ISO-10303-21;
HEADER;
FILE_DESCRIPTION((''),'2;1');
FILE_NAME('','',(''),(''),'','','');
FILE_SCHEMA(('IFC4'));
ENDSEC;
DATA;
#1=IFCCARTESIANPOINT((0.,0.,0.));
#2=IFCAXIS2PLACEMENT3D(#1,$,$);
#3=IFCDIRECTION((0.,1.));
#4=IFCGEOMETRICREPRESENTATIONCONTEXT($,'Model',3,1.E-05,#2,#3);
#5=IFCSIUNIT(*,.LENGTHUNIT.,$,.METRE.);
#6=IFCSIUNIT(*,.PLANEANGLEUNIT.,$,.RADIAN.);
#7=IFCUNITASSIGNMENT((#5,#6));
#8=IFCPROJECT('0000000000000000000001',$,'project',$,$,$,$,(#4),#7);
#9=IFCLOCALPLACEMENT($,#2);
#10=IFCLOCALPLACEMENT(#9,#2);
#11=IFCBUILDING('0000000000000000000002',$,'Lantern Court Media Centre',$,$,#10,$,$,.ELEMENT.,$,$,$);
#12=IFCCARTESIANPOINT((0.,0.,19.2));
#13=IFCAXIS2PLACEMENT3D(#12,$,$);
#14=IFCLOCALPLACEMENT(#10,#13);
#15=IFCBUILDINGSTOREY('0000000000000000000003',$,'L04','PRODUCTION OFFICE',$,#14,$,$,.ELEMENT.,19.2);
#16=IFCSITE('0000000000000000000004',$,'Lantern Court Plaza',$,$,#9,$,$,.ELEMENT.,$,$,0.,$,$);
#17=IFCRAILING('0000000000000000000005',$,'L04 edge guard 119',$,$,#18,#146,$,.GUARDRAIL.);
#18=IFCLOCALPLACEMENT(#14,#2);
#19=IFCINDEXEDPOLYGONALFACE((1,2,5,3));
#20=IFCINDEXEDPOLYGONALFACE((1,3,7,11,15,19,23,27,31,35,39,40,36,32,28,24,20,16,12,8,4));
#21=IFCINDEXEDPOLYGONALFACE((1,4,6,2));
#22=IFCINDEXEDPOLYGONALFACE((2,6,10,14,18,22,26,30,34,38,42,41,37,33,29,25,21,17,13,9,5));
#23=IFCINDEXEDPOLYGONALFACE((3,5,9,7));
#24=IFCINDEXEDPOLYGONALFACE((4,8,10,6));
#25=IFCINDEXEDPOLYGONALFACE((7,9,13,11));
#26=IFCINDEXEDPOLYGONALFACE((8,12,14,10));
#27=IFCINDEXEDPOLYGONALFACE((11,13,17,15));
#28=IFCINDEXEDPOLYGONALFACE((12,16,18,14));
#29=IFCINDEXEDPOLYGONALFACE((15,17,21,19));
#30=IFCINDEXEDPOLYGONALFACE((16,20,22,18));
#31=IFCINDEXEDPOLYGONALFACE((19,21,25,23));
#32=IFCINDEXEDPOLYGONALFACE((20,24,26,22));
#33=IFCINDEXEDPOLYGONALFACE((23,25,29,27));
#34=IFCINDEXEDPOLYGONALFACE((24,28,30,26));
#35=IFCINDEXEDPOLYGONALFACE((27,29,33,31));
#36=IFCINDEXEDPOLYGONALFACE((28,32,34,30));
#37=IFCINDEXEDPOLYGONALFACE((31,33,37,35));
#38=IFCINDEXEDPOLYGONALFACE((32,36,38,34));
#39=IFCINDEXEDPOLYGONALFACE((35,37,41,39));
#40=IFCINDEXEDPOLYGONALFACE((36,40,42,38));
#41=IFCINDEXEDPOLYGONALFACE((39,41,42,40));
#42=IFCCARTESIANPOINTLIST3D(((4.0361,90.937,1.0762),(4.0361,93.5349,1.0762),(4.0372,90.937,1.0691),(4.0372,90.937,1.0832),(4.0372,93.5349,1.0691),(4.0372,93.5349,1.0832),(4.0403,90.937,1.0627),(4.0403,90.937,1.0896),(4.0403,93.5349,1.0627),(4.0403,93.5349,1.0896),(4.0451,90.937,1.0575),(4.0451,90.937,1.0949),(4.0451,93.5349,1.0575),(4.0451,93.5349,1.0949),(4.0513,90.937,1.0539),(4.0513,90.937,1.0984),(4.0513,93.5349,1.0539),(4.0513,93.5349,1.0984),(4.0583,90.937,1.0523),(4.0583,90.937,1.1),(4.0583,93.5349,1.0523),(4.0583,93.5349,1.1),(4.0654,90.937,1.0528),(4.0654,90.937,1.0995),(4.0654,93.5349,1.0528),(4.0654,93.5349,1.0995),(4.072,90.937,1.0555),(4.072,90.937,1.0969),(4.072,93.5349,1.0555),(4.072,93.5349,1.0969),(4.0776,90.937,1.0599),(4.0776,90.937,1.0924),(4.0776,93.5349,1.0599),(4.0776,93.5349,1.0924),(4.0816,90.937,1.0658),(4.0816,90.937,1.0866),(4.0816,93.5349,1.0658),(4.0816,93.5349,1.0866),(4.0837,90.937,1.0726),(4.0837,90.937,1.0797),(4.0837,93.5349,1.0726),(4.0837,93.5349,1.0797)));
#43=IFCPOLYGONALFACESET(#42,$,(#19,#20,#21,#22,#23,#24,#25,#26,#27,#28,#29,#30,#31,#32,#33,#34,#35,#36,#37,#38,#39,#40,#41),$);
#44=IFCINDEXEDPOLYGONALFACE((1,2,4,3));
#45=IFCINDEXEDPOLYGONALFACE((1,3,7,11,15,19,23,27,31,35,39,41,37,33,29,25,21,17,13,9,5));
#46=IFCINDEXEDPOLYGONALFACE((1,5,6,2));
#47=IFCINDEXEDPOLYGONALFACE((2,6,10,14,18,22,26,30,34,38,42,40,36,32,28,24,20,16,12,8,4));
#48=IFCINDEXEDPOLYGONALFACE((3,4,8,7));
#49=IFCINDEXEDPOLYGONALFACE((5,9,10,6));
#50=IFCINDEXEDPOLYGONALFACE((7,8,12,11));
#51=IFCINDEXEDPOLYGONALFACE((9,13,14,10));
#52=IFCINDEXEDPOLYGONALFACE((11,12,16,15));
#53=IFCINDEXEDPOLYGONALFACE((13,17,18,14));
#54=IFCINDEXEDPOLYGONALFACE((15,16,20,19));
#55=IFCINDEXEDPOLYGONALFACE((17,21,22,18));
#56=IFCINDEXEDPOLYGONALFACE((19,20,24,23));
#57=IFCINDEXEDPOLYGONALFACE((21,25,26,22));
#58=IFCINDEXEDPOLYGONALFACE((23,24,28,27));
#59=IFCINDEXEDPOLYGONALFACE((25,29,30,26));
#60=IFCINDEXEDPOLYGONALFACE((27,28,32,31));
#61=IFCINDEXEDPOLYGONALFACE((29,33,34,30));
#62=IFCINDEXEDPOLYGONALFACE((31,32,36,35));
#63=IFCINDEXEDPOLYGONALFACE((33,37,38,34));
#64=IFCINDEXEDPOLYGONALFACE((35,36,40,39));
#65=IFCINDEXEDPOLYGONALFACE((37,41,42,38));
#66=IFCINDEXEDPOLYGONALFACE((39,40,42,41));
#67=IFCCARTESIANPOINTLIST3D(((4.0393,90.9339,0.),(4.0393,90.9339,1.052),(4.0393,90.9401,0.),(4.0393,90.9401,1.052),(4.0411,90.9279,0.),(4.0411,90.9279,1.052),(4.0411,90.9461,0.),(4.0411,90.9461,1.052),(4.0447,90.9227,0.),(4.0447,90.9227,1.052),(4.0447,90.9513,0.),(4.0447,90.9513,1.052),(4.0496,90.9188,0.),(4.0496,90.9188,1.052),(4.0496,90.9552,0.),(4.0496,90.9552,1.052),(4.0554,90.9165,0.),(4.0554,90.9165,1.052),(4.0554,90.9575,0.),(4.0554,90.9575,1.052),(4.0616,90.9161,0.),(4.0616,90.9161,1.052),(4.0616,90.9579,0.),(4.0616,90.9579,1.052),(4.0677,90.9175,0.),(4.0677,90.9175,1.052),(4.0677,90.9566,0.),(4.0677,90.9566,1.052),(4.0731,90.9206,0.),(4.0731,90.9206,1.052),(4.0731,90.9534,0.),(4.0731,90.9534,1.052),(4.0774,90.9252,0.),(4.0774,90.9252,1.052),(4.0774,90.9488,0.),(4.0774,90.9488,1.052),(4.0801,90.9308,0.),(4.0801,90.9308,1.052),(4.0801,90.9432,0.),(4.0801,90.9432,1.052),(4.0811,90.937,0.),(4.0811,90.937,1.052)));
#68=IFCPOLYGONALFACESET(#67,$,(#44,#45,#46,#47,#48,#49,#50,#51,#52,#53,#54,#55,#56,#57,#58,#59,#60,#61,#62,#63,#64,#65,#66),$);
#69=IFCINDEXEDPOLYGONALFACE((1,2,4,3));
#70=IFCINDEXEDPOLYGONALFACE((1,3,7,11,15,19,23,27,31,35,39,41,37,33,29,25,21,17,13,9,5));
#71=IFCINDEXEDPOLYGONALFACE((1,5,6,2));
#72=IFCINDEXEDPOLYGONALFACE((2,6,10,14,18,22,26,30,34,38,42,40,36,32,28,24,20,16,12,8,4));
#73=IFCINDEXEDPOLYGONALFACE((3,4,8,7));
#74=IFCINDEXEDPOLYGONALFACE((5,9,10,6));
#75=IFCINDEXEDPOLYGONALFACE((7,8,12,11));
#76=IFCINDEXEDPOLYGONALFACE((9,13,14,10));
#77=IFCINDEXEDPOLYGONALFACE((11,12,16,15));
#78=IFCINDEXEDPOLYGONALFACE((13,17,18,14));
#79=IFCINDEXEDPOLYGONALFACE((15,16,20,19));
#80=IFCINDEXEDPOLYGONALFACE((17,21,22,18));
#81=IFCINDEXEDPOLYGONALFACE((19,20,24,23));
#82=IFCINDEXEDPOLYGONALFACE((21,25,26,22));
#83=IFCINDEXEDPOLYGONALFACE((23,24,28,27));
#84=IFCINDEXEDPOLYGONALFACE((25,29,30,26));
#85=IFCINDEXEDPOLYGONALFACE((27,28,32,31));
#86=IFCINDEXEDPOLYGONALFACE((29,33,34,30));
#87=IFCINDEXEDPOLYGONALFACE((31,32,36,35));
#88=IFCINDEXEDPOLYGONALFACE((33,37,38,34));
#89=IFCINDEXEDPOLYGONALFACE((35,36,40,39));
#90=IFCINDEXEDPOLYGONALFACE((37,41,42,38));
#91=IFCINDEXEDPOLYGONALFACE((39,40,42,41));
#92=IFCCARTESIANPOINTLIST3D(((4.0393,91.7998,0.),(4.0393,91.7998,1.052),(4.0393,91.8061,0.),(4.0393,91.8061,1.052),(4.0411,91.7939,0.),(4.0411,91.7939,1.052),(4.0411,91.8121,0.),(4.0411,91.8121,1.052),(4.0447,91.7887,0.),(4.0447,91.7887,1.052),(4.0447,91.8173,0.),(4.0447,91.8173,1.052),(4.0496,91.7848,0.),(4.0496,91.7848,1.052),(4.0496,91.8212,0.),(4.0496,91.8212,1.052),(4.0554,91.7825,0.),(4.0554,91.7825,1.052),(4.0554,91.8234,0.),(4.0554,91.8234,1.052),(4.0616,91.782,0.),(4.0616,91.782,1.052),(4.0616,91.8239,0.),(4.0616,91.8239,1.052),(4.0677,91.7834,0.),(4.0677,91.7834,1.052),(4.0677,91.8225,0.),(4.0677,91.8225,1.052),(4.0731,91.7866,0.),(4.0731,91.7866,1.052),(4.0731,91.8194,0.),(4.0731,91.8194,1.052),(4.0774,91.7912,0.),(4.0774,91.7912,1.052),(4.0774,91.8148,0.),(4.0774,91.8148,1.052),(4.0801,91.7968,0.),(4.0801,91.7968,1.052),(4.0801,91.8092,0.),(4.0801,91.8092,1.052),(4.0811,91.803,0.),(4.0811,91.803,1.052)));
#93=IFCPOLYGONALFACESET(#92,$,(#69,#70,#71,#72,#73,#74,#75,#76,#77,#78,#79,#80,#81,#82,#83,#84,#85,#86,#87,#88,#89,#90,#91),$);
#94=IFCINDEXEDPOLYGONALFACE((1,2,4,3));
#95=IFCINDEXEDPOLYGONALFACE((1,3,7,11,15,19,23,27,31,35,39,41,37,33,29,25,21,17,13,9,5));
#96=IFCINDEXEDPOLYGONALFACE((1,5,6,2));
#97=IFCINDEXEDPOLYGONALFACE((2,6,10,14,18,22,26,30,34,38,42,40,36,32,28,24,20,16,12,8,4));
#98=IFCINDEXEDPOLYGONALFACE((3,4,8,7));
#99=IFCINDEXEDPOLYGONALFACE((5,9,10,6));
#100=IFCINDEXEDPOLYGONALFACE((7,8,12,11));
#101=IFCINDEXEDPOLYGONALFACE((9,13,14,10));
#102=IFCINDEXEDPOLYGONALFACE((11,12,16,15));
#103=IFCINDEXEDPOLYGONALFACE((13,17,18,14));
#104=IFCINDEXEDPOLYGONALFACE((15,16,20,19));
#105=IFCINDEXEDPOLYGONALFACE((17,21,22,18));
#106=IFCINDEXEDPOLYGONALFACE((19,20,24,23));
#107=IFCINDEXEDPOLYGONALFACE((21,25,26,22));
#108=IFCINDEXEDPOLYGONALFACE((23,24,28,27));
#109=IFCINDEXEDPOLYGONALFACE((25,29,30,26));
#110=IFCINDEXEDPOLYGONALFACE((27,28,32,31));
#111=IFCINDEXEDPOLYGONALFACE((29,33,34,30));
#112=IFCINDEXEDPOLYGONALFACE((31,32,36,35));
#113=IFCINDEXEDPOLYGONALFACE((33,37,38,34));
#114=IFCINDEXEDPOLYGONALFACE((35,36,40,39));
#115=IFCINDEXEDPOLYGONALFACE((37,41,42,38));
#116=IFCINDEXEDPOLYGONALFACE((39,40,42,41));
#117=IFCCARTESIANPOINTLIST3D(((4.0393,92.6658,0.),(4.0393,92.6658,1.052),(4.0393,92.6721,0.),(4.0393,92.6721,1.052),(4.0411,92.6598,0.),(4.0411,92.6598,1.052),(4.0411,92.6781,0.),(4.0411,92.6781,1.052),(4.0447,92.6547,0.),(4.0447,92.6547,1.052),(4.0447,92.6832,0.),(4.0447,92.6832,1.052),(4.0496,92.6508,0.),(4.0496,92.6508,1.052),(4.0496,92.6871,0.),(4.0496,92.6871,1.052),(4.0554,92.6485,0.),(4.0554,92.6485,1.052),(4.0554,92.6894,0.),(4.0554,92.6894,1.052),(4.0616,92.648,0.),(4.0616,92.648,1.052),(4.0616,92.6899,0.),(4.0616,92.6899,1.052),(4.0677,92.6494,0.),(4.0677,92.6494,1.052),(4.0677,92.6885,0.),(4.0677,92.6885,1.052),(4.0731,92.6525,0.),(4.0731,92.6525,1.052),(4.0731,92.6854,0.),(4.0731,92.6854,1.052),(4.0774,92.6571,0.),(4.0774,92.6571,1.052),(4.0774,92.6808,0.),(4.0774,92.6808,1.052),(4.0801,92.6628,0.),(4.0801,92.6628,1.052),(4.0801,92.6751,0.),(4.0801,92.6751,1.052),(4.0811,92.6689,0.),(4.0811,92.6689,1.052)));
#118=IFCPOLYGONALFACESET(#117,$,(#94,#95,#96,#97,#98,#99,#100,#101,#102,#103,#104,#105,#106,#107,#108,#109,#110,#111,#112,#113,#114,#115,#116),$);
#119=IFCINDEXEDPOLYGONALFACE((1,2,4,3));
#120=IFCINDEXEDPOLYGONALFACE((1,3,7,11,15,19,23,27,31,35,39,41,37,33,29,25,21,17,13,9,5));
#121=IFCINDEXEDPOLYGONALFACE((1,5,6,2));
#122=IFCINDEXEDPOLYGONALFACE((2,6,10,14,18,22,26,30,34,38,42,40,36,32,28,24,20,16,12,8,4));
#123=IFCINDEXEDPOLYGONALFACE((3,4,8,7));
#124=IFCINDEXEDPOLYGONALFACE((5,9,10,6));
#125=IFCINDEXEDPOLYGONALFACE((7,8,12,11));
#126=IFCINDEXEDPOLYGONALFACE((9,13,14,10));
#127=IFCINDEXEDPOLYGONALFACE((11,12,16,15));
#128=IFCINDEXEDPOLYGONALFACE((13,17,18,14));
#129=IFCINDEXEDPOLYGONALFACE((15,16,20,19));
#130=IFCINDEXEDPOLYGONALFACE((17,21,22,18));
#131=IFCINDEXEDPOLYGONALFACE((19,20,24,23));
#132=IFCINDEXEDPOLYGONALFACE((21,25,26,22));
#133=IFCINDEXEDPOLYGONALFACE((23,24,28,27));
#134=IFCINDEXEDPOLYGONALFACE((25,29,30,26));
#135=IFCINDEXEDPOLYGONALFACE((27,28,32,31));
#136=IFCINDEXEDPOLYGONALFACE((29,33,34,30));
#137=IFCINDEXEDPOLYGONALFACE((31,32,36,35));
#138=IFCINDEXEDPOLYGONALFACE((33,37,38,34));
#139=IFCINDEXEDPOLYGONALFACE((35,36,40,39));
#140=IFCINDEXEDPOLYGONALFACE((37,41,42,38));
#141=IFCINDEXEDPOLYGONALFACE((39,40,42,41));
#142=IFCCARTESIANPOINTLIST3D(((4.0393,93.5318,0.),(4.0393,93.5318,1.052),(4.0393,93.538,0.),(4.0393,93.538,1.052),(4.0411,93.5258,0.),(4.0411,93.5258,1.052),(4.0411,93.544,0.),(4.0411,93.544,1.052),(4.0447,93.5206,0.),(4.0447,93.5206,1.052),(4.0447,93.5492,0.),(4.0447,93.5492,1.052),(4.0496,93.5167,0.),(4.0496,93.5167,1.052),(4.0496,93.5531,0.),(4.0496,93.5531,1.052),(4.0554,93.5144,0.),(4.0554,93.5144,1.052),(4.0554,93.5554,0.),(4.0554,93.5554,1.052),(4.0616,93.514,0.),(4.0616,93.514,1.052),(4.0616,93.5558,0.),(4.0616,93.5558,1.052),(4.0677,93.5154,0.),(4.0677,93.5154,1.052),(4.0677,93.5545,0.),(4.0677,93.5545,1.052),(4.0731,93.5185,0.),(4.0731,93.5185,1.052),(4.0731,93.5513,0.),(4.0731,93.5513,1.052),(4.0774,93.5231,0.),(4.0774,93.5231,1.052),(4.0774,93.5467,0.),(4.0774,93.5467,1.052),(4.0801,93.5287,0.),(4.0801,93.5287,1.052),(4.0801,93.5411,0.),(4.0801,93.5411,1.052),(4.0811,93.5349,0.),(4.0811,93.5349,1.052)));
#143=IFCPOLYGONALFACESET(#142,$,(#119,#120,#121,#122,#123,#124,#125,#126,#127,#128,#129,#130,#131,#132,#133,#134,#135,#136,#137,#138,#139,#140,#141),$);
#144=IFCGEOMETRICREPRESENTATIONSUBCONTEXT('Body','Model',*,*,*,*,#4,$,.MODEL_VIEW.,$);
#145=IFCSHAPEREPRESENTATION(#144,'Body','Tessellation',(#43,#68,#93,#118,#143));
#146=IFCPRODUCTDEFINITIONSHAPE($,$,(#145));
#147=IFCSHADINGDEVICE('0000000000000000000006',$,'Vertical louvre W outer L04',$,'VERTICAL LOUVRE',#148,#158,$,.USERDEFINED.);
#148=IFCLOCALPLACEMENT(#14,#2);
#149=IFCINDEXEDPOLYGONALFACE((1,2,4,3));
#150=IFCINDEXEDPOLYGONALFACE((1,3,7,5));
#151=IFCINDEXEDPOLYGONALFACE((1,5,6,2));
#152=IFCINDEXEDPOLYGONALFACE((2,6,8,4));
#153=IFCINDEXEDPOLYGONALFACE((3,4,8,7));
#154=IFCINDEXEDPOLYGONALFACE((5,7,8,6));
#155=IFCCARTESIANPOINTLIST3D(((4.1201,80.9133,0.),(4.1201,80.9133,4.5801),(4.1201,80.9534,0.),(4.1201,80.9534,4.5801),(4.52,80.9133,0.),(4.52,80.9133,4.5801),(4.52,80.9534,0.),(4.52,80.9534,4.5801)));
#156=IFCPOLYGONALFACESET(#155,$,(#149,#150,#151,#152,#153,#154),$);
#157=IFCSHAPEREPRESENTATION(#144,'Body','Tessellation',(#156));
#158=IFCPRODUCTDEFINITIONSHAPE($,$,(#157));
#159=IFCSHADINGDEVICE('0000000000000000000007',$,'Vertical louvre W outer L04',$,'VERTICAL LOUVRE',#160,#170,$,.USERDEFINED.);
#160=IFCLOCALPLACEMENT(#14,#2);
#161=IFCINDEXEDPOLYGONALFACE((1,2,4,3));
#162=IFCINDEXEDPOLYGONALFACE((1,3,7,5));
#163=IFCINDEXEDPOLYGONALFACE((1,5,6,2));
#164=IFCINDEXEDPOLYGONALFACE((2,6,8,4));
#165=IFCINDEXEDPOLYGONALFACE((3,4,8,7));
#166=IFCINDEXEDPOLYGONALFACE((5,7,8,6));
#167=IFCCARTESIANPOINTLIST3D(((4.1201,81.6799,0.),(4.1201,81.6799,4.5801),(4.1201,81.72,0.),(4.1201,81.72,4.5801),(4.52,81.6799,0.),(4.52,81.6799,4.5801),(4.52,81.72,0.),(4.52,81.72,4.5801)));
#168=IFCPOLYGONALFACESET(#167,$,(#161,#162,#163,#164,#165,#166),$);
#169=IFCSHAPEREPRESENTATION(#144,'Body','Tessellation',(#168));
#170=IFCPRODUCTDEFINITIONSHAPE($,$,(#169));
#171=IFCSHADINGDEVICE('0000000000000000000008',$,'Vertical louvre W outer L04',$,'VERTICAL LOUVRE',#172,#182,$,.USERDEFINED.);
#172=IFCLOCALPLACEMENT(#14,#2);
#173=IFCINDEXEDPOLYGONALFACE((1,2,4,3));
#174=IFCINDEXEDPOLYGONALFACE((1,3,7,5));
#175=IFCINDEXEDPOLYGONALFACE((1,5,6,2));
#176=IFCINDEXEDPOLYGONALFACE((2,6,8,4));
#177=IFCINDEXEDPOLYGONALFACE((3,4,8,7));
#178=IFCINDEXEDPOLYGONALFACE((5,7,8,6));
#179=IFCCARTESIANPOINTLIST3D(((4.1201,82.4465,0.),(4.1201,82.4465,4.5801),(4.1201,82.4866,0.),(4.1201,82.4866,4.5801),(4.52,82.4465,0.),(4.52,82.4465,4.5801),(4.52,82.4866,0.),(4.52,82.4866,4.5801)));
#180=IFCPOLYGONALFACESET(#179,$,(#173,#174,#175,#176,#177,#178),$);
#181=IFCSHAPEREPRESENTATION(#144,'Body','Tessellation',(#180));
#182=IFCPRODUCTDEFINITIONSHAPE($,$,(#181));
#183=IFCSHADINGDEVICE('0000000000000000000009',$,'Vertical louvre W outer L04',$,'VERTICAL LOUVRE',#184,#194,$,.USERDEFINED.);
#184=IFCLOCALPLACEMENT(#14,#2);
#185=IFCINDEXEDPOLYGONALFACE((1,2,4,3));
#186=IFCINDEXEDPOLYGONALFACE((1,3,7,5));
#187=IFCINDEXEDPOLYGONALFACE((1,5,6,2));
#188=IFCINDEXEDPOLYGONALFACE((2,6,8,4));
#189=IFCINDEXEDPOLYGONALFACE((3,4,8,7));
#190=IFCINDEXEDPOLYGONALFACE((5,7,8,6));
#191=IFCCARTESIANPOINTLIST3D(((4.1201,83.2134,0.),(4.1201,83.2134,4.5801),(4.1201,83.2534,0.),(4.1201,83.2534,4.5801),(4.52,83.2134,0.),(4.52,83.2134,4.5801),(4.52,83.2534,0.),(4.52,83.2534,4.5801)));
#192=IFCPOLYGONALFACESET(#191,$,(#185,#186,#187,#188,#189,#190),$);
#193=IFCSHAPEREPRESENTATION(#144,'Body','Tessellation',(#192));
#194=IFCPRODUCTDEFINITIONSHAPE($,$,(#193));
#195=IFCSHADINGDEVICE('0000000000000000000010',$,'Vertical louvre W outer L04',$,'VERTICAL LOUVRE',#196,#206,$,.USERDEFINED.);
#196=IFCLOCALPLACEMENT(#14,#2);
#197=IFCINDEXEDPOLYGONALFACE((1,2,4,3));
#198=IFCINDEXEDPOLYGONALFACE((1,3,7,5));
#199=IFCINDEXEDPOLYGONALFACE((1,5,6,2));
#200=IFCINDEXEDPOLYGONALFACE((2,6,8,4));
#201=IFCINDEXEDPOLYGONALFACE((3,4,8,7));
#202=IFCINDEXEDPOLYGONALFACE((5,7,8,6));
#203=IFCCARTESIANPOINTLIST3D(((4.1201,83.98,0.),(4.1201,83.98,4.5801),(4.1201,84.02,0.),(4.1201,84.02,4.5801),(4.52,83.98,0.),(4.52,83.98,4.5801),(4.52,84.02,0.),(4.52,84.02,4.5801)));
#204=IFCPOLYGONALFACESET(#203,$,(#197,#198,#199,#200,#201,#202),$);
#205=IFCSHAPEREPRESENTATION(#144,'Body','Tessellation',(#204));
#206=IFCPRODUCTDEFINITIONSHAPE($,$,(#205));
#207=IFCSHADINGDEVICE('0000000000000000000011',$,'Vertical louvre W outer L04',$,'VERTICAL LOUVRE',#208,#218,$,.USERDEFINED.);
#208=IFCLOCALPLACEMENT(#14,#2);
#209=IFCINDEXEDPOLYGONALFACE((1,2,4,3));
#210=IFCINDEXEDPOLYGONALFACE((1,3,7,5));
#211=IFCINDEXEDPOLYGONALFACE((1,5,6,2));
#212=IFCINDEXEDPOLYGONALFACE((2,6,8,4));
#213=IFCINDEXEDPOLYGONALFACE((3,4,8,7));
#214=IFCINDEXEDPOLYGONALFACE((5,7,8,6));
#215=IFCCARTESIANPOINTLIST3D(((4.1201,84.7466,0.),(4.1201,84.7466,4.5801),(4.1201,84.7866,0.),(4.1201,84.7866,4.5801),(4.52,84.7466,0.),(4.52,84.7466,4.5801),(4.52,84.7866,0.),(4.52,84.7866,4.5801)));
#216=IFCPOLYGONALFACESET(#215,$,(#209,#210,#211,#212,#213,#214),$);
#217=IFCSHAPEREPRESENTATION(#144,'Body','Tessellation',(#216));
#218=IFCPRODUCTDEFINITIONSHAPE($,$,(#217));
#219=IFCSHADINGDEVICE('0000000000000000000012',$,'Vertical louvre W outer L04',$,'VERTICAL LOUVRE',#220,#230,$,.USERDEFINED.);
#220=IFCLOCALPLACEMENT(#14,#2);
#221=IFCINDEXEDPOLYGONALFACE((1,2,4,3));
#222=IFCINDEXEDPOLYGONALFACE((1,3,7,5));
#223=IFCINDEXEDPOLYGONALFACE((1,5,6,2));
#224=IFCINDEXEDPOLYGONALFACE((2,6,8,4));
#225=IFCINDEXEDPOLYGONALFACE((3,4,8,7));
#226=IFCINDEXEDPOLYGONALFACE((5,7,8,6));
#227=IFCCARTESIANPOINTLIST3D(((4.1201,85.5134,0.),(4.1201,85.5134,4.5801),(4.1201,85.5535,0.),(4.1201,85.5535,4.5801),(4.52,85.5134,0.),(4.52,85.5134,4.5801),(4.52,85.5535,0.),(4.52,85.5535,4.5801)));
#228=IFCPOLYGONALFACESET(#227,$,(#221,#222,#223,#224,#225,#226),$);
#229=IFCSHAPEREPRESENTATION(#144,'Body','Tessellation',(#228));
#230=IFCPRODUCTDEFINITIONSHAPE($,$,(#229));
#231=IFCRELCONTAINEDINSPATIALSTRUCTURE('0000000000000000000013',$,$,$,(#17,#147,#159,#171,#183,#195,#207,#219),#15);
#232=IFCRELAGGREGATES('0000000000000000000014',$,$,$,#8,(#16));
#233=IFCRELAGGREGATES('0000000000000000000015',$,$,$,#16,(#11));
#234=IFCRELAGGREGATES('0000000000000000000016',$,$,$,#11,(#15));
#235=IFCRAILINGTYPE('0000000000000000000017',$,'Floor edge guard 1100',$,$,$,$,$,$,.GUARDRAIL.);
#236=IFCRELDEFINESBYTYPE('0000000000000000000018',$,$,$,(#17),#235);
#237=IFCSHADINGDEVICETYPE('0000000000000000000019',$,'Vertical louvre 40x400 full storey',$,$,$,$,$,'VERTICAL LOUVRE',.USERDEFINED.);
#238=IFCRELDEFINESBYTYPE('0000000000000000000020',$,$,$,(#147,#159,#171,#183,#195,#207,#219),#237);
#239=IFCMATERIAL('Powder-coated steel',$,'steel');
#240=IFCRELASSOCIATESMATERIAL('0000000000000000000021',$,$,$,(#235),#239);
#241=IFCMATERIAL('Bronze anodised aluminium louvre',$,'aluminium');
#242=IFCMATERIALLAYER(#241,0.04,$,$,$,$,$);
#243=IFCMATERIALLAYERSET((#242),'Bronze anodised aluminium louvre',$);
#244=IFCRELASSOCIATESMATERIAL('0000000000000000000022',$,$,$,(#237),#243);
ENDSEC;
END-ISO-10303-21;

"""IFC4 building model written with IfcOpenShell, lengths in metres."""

from ifc_helpers import new_model, si_unit, direction, frame, origin, origin_2d, place, context, subcontext, project, spatial, rectangle, circle, extrude, material, layer, layer_set, type_object, element, save


model = new_model("IFC4")

# Units and contexts
model_context = context("Model", 3, precision=1e-05, world=origin(), true_north=direction((0.0, 1.0)))
body_context = subcontext(model_context, "Body", "Model", "MODEL_VIEW")
ifc_project = project(units=[si_unit("LENGTHUNIT", "METRE"), si_unit("PLANEANGLEUNIT", "RADIAN")], contexts=[model_context])

# Site, building, storey
site_placement = place(None, origin())
site = spatial("IfcSite", under=ifc_project, at=site_placement, Name="Lantern Court Plaza", CompositionType="ELEMENT", RefElevation=0.0)
building_placement = place(site_placement, origin())
building = spatial("IfcBuilding", under=site, at=building_placement, Name="Lantern Court Media Centre", CompositionType="ELEMENT")
storey_placement = place(building_placement, frame((0.0, 0.0, 19.2)))
storey = spatial("IfcBuildingStorey", under=building, at=storey_placement, Name="L04", Description="PRODUCTION OFFICE", CompositionType="ELEMENT", Elevation=19.2)

# Railing
ifc_material_1 = material(Name="Powder-coated steel", Category="steel")
railing_type = type_object("IfcRailingType", Name="Floor edge guard 1100", PredefinedType="GUARDRAIL", material=ifc_material_1)
railing_1_placement = place(storey_placement, frame((4.0601, 90.937, 0.0)))
element("IfcRailing", 1, at=railing_1_placement, inside=storey, type_object=railing_type, Name="L04 edge guard 119", PredefinedType="GUARDRAIL", context=body_context, shape_type="SweptSolid", body=[
    extrude(circle(Radius=0.0239, at=origin_2d()), frame((0.0, 0.0, 1.0762), z_axis=(0.0, 1.0, 0.0), x_axis=(-1.0, 0.0, 0.0)), (0.0, 0.0, 1.0), 2.5979),
    extrude(circle(Radius=0.021, at=origin_2d()), origin(), (0.0, 0.0, 1.0), 1.052),
    extrude(circle(Radius=0.021, at=origin_2d()), frame((0.0, 0.866, 0.0)), (0.0, 0.0, 1.0), 1.052),
    extrude(circle(Radius=0.021, at=origin_2d()), frame((0.0, 1.7319, 0.0)), (0.0, 0.0, 1.0), 1.052),
    extrude(circle(Radius=0.021, at=origin_2d()), frame((0.0, 2.5979, 0.0)), (0.0, 0.0, 1.0), 1.052),
])

# Shading devices
ifc_material_2 = material(Name="Bronze anodised aluminium louvre", Category="aluminium")
ifc_layer_1 = layer(ifc_material_2, 0.04)
ifc_layer_set_1 = layer_set([ifc_layer_1], Name="Bronze anodised aluminium louvre")
shading_device_type = type_object("IfcShadingDeviceType", Name="Vertical louvre 40x400 full storey", ElementType="VERTICAL LOUVRE", PredefinedType="USERDEFINED", material=ifc_layer_set_1)
for number, where, z_axis, x_axis, name in (
    (2, (4.3201, 80.9333, 0.0), (0.0, 0.0, 1.0), (1.0, 0.0, 0.0), "Vertical louvre W outer L04"),
    (3, (4.3201, 81.7, 0.0), (0.0, 0.0, 1.0), (1.0, 0.0, 0.0), "Vertical louvre W outer L04"),
    (4, (4.3201, 82.4666, 0.0), (0.0, 0.0, 1.0), (1.0, 0.0, 0.0), "Vertical louvre W outer L04"),
    (5, (4.3201, 83.2334, 0.0), (0.0, 0.0, 1.0), (1.0, 0.0, 0.0), "Vertical louvre W outer L04"),
    (6, (4.3201, 84.0, 0.0), (0.0, 0.0, 1.0), (1.0, 0.0, 0.0), "Vertical louvre W outer L04"),
    (7, (4.3201, 84.7666, 0.0), (0.0, 0.0, 1.0), (1.0, 0.0, 0.0), "Vertical louvre W outer L04"),
    (8, (4.3201, 85.5334, 0.0), (0.0, 0.0, 1.0), (1.0, 0.0, 0.0), "Vertical louvre W outer L04"),
):
    element("IfcShadingDevice", number, at=place(storey_placement, frame(where, z_axis=z_axis, x_axis=x_axis)), inside=storey, type_object=shading_device_type, Name=name, ObjectType="VERTICAL LOUVRE", PredefinedType="USERDEFINED", context=body_context, shape_type="SweptSolid", body=[
        extrude(rectangle(XDim=0.3999, YDim=0.04, at=origin_2d()), origin(), (0.0, 0.0, 1.0), 4.5801),
    ])

save(model, "model.ifc")
